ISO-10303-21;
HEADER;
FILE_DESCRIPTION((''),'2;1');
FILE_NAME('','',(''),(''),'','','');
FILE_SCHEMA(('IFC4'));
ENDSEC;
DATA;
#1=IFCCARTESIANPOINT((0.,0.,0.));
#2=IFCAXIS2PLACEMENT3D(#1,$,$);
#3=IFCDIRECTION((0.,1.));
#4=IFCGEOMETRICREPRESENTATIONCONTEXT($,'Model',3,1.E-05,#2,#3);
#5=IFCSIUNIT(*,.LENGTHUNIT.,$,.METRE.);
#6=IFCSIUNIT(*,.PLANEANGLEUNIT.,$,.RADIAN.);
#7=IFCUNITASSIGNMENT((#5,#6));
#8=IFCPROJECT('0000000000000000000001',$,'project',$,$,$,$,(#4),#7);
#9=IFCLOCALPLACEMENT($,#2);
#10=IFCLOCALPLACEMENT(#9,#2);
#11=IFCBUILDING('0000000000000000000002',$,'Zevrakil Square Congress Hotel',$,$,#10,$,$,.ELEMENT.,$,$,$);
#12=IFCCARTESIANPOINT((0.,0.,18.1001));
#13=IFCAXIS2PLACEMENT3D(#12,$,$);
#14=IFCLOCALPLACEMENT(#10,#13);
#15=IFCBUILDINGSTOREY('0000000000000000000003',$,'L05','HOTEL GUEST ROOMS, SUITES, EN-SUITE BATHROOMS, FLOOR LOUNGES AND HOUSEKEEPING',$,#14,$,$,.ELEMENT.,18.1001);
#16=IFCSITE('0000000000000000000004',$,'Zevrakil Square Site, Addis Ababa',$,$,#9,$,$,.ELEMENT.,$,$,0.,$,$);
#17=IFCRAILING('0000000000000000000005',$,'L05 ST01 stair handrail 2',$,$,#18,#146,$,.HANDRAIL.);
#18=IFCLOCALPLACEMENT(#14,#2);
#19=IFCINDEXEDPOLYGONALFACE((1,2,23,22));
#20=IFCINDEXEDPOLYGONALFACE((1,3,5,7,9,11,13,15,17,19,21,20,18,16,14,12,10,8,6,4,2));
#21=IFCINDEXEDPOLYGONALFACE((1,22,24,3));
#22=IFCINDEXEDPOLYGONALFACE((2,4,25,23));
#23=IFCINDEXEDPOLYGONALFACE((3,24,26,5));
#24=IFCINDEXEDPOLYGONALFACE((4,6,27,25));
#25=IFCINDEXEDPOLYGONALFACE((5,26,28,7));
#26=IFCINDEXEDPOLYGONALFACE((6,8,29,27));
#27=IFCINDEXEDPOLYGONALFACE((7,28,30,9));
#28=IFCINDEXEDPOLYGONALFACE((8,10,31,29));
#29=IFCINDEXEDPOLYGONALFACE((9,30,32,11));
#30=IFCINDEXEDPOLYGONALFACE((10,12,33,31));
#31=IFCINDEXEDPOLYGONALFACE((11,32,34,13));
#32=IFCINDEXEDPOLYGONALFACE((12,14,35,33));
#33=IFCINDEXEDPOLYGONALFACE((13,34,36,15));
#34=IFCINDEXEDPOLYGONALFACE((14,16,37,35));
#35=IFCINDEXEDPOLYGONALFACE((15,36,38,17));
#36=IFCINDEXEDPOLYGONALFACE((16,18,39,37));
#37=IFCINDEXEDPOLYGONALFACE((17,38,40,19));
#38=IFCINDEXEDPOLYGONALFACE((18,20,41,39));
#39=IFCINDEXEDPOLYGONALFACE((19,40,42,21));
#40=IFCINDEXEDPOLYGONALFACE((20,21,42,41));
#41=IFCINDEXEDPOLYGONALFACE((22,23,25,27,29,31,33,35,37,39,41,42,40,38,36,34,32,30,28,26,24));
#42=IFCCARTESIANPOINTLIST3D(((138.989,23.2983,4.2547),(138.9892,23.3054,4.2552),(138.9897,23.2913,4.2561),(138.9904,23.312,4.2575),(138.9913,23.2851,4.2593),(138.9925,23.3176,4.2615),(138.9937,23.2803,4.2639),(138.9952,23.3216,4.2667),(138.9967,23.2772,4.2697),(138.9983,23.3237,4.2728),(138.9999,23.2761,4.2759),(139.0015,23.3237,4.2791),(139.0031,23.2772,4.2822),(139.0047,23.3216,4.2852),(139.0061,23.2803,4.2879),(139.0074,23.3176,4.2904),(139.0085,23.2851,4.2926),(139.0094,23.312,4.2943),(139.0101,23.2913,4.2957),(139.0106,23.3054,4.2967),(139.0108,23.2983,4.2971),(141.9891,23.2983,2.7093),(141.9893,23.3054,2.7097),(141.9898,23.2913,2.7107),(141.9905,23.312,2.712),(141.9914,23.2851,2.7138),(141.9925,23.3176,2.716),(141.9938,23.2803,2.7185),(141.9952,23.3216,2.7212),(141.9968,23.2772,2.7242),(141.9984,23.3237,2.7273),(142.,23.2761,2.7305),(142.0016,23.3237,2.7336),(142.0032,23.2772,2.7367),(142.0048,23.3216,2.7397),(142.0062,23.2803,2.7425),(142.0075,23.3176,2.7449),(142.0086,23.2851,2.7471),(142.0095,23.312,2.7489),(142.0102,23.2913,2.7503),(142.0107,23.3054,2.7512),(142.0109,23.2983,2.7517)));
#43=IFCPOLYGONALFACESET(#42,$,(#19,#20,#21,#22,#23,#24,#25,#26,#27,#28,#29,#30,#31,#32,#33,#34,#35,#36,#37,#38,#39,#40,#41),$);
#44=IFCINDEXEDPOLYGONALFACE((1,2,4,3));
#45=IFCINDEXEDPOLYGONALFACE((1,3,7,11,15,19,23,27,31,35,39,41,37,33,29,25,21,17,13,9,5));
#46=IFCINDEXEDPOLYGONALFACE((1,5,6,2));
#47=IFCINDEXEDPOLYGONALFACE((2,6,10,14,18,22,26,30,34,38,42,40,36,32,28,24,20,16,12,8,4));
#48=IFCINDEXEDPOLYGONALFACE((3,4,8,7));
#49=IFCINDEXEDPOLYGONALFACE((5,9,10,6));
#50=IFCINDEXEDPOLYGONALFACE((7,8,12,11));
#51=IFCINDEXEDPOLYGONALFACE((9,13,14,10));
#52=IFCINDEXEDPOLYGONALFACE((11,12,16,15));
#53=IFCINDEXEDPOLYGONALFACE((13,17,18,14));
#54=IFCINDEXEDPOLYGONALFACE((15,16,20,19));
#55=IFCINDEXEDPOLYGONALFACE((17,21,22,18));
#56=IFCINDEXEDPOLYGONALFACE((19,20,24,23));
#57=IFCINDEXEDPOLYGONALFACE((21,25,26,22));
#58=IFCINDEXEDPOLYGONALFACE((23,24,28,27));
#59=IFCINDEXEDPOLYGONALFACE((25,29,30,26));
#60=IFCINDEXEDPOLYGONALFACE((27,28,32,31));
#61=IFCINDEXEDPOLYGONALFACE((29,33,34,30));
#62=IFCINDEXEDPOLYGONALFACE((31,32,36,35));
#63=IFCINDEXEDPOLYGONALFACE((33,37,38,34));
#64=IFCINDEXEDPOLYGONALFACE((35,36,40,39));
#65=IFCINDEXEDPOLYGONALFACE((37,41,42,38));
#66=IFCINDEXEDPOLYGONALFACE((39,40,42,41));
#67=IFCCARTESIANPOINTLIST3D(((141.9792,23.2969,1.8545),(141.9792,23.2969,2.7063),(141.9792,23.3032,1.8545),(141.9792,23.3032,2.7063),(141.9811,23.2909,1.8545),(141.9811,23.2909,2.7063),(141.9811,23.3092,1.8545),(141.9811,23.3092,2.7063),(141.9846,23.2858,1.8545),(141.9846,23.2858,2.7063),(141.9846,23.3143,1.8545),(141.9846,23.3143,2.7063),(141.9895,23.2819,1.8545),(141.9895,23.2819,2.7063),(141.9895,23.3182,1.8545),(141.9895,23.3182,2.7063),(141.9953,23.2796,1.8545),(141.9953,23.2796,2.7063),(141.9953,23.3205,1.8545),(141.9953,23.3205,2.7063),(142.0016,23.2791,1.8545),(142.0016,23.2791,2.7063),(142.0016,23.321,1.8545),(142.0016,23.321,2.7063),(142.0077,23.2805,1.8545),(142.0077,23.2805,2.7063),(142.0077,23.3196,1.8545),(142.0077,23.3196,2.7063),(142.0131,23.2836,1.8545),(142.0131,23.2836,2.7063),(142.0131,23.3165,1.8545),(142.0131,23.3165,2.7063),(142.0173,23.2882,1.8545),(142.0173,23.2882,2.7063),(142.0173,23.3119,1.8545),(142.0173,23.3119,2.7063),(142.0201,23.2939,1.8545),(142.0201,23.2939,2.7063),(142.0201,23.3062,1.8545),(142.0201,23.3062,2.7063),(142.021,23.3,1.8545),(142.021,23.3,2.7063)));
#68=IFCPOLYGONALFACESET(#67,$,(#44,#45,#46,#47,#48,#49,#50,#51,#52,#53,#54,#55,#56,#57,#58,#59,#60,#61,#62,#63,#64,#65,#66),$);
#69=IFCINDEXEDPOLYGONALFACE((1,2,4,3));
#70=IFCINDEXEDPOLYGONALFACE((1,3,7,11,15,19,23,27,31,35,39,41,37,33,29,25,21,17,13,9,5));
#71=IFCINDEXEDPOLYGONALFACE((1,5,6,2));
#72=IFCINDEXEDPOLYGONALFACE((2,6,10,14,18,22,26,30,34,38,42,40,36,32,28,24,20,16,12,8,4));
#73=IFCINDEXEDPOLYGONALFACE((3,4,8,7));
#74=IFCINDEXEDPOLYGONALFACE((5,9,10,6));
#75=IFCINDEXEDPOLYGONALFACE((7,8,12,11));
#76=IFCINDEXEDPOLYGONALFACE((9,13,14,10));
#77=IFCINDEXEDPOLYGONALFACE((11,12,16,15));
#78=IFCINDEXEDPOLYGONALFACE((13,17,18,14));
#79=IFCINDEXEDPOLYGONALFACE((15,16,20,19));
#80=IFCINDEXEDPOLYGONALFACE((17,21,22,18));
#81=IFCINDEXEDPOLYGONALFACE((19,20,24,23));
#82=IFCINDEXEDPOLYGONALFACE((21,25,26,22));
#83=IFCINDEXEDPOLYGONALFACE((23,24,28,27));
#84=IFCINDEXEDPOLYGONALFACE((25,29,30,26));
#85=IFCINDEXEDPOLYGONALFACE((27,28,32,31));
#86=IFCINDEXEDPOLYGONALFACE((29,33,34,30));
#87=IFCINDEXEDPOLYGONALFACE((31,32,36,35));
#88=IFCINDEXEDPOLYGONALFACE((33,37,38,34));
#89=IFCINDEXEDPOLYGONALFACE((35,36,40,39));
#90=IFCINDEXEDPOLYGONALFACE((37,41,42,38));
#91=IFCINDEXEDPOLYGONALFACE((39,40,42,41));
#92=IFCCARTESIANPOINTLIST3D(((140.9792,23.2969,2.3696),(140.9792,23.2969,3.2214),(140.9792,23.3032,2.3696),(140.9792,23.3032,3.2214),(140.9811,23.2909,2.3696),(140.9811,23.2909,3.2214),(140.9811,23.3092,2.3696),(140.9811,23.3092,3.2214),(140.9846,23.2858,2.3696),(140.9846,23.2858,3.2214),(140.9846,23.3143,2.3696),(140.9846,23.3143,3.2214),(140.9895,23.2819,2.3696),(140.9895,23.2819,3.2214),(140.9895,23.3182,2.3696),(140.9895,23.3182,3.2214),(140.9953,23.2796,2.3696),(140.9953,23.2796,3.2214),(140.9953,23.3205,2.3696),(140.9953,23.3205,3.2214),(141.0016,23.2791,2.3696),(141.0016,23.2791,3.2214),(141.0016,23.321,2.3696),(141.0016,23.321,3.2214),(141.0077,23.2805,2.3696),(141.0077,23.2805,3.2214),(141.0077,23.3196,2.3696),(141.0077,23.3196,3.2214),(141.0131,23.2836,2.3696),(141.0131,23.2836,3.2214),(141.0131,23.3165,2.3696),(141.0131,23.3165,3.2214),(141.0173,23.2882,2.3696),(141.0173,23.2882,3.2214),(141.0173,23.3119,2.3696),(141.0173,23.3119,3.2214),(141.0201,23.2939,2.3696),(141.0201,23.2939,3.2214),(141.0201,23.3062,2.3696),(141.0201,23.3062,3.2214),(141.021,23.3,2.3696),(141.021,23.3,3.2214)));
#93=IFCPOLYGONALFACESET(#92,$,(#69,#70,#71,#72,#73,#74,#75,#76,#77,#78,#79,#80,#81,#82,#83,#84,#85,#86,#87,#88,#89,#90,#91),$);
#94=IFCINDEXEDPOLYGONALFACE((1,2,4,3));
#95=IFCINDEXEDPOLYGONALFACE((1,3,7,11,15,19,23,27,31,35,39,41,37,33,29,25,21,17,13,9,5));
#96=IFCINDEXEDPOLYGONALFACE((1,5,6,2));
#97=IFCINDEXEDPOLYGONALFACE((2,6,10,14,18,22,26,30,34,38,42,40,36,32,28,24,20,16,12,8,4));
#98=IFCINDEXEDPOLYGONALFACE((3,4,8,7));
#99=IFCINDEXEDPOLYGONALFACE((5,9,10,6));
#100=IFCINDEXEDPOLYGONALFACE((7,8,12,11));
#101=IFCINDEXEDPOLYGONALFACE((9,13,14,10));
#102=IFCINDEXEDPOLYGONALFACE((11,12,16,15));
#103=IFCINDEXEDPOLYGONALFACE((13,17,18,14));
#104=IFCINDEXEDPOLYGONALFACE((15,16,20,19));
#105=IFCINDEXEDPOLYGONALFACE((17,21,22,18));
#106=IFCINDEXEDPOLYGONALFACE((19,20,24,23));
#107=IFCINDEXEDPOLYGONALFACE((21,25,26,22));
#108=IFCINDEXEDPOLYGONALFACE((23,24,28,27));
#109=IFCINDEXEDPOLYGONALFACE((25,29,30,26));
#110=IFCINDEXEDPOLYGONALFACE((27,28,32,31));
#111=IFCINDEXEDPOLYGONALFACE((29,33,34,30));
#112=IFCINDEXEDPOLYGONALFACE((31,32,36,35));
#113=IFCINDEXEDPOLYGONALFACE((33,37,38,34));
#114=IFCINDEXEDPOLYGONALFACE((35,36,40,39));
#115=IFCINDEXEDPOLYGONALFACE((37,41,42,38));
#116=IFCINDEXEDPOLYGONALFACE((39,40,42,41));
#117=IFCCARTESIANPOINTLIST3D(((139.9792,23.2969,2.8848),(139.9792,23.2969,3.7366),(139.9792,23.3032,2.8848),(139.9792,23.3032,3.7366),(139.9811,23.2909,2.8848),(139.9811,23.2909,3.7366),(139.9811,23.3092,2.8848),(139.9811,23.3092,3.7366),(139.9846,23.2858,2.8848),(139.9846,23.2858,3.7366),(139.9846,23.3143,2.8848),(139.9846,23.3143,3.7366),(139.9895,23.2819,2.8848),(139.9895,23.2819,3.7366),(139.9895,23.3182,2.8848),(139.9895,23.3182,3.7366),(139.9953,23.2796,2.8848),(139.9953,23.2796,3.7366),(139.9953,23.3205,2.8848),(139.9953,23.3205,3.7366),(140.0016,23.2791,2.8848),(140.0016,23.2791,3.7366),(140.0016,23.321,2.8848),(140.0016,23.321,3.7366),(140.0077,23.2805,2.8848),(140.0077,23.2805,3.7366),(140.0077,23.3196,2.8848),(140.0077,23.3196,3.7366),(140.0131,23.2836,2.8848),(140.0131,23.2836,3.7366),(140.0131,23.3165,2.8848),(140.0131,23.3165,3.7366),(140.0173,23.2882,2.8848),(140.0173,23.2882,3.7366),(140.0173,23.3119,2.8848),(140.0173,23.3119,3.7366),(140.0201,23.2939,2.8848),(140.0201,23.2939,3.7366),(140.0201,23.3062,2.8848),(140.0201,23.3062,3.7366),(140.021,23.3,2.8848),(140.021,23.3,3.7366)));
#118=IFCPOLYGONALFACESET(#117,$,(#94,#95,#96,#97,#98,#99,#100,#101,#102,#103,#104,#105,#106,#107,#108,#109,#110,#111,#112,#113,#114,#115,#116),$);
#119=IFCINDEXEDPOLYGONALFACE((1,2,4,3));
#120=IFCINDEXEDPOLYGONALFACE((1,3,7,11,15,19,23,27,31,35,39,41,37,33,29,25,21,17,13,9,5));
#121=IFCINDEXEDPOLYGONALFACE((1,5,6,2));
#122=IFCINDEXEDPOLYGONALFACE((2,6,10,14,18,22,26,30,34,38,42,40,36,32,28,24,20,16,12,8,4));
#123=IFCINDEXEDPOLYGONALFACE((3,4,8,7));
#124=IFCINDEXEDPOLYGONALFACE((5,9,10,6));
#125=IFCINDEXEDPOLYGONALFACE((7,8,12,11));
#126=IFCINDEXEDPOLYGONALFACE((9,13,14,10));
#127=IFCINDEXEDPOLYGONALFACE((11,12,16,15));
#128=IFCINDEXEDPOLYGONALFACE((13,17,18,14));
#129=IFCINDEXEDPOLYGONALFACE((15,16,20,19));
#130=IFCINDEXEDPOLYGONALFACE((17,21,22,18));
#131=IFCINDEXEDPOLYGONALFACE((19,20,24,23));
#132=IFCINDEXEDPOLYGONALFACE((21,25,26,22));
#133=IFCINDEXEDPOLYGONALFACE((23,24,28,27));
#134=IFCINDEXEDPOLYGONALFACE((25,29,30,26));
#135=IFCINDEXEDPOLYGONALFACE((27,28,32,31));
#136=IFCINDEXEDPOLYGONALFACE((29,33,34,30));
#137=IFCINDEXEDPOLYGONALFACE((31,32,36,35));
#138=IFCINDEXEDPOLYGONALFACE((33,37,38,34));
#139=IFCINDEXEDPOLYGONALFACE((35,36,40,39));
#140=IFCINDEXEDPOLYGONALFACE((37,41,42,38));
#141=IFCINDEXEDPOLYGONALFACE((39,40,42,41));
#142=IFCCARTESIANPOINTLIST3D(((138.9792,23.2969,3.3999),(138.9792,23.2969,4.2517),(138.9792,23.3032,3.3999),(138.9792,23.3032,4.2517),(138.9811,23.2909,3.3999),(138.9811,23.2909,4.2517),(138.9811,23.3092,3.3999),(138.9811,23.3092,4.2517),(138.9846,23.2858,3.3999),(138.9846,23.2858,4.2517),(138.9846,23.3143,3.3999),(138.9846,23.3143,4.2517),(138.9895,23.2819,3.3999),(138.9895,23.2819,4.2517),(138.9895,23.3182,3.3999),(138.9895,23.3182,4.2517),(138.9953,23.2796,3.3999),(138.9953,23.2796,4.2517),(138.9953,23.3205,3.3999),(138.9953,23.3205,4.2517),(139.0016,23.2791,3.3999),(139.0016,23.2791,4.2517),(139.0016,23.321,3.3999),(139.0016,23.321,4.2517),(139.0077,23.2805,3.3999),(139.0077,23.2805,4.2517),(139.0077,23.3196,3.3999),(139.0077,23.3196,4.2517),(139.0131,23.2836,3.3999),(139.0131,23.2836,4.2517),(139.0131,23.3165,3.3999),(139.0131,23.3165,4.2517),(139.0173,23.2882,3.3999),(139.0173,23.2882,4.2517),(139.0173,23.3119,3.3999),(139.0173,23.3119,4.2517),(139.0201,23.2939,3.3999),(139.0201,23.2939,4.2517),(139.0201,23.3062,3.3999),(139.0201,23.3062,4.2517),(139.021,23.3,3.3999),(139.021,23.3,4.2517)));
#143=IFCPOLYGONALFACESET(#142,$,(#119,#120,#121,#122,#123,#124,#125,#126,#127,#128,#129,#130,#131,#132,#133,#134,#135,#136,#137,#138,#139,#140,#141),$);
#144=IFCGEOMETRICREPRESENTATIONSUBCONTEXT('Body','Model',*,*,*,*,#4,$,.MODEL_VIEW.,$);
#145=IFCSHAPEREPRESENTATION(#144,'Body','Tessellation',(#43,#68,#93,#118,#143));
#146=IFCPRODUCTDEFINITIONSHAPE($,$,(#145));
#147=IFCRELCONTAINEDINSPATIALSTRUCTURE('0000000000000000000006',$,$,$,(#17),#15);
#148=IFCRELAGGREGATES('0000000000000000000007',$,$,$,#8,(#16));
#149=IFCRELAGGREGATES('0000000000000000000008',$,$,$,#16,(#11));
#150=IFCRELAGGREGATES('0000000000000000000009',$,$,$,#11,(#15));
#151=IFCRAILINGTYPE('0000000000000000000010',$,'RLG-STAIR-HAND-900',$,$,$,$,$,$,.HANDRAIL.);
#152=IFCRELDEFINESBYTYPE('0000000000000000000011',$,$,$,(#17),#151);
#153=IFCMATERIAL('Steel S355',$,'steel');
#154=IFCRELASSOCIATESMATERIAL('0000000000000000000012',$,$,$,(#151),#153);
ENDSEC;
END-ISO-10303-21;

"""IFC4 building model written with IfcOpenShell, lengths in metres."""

from ifc_helpers import new_model, si_unit, direction, frame, origin, origin_2d, place, context, subcontext, project, spatial, circle, extrude, material, type_object, element, save


model = new_model("IFC4")

# Units and contexts
model_context = context("Model", 3, precision=1e-05, world=origin(), true_north=direction((0.0, 1.0)))
body_context = subcontext(model_context, "Body", "Model", "MODEL_VIEW")
ifc_project = project(units=[si_unit("LENGTHUNIT", "METRE"), si_unit("PLANEANGLEUNIT", "RADIAN")], contexts=[model_context])

# Site, building, storey
site_placement = place(None, origin())
site = spatial("IfcSite", under=ifc_project, at=site_placement, Name="Zevrakil Square Site, Addis Ababa", CompositionType="ELEMENT", RefElevation=0.0)
building_placement = place(site_placement, origin())
building = spatial("IfcBuilding", under=site, at=building_placement, Name="Zevrakil Square Congress Hotel", CompositionType="ELEMENT")
storey_placement = place(building_placement, frame((0.0, 0.0, 18.1001)))
storey = spatial("IfcBuildingStorey", under=building, at=storey_placement, Name="L05", Description="HOTEL GUEST ROOMS, SUITES, EN-SUITE BATHROOMS, FLOOR LOUNGES AND HOUSEKEEPING", CompositionType="ELEMENT", Elevation=18.1001)

# Railing
ifc_material_1 = material(Name="Steel S355", Category="steel")
railing_type_1 = type_object("IfcRailingType", Name="RLG-STAIR-HAND-900", PredefinedType="HANDRAIL", material=ifc_material_1)
railing_1_placement = place(storey_placement, frame((142.0, 23.3, 1.8545)))
element("IfcRailing", 1, at=railing_1_placement, inside=storey, type_object=railing_type_1, Name="L05 ST01 stair handrail 2", PredefinedType="HANDRAIL", context=body_context, shape_type="SweptSolid", body=[
    extrude(circle(Radius=0.0239, at=origin_2d()), frame((0.0, 0.0, 0.876), z_axis=(-0.88898, 0.0, 0.457946), x_axis=(0.0, -1.0, 0.0)), (0.0, 0.0, 1.0), 3.3748),
    extrude(circle(Radius=0.021, at=origin_2d()), origin(), (0.0, 0.0, 1.0), 0.8518),
    extrude(circle(Radius=0.021, at=origin_2d()), frame((-1.0, 0.0, 0.5151)), (0.0, 0.0, 1.0), 0.8518),
    extrude(circle(Radius=0.021, at=origin_2d()), frame((-2.0, 0.0, 1.0303)), (0.0, 0.0, 1.0), 0.8518),
    extrude(circle(Radius=0.021, at=origin_2d()), frame((-3.0, 0.0, 1.5454)), (0.0, 0.0, 1.0), 0.8518),
])

save(model, "model.ifc")
